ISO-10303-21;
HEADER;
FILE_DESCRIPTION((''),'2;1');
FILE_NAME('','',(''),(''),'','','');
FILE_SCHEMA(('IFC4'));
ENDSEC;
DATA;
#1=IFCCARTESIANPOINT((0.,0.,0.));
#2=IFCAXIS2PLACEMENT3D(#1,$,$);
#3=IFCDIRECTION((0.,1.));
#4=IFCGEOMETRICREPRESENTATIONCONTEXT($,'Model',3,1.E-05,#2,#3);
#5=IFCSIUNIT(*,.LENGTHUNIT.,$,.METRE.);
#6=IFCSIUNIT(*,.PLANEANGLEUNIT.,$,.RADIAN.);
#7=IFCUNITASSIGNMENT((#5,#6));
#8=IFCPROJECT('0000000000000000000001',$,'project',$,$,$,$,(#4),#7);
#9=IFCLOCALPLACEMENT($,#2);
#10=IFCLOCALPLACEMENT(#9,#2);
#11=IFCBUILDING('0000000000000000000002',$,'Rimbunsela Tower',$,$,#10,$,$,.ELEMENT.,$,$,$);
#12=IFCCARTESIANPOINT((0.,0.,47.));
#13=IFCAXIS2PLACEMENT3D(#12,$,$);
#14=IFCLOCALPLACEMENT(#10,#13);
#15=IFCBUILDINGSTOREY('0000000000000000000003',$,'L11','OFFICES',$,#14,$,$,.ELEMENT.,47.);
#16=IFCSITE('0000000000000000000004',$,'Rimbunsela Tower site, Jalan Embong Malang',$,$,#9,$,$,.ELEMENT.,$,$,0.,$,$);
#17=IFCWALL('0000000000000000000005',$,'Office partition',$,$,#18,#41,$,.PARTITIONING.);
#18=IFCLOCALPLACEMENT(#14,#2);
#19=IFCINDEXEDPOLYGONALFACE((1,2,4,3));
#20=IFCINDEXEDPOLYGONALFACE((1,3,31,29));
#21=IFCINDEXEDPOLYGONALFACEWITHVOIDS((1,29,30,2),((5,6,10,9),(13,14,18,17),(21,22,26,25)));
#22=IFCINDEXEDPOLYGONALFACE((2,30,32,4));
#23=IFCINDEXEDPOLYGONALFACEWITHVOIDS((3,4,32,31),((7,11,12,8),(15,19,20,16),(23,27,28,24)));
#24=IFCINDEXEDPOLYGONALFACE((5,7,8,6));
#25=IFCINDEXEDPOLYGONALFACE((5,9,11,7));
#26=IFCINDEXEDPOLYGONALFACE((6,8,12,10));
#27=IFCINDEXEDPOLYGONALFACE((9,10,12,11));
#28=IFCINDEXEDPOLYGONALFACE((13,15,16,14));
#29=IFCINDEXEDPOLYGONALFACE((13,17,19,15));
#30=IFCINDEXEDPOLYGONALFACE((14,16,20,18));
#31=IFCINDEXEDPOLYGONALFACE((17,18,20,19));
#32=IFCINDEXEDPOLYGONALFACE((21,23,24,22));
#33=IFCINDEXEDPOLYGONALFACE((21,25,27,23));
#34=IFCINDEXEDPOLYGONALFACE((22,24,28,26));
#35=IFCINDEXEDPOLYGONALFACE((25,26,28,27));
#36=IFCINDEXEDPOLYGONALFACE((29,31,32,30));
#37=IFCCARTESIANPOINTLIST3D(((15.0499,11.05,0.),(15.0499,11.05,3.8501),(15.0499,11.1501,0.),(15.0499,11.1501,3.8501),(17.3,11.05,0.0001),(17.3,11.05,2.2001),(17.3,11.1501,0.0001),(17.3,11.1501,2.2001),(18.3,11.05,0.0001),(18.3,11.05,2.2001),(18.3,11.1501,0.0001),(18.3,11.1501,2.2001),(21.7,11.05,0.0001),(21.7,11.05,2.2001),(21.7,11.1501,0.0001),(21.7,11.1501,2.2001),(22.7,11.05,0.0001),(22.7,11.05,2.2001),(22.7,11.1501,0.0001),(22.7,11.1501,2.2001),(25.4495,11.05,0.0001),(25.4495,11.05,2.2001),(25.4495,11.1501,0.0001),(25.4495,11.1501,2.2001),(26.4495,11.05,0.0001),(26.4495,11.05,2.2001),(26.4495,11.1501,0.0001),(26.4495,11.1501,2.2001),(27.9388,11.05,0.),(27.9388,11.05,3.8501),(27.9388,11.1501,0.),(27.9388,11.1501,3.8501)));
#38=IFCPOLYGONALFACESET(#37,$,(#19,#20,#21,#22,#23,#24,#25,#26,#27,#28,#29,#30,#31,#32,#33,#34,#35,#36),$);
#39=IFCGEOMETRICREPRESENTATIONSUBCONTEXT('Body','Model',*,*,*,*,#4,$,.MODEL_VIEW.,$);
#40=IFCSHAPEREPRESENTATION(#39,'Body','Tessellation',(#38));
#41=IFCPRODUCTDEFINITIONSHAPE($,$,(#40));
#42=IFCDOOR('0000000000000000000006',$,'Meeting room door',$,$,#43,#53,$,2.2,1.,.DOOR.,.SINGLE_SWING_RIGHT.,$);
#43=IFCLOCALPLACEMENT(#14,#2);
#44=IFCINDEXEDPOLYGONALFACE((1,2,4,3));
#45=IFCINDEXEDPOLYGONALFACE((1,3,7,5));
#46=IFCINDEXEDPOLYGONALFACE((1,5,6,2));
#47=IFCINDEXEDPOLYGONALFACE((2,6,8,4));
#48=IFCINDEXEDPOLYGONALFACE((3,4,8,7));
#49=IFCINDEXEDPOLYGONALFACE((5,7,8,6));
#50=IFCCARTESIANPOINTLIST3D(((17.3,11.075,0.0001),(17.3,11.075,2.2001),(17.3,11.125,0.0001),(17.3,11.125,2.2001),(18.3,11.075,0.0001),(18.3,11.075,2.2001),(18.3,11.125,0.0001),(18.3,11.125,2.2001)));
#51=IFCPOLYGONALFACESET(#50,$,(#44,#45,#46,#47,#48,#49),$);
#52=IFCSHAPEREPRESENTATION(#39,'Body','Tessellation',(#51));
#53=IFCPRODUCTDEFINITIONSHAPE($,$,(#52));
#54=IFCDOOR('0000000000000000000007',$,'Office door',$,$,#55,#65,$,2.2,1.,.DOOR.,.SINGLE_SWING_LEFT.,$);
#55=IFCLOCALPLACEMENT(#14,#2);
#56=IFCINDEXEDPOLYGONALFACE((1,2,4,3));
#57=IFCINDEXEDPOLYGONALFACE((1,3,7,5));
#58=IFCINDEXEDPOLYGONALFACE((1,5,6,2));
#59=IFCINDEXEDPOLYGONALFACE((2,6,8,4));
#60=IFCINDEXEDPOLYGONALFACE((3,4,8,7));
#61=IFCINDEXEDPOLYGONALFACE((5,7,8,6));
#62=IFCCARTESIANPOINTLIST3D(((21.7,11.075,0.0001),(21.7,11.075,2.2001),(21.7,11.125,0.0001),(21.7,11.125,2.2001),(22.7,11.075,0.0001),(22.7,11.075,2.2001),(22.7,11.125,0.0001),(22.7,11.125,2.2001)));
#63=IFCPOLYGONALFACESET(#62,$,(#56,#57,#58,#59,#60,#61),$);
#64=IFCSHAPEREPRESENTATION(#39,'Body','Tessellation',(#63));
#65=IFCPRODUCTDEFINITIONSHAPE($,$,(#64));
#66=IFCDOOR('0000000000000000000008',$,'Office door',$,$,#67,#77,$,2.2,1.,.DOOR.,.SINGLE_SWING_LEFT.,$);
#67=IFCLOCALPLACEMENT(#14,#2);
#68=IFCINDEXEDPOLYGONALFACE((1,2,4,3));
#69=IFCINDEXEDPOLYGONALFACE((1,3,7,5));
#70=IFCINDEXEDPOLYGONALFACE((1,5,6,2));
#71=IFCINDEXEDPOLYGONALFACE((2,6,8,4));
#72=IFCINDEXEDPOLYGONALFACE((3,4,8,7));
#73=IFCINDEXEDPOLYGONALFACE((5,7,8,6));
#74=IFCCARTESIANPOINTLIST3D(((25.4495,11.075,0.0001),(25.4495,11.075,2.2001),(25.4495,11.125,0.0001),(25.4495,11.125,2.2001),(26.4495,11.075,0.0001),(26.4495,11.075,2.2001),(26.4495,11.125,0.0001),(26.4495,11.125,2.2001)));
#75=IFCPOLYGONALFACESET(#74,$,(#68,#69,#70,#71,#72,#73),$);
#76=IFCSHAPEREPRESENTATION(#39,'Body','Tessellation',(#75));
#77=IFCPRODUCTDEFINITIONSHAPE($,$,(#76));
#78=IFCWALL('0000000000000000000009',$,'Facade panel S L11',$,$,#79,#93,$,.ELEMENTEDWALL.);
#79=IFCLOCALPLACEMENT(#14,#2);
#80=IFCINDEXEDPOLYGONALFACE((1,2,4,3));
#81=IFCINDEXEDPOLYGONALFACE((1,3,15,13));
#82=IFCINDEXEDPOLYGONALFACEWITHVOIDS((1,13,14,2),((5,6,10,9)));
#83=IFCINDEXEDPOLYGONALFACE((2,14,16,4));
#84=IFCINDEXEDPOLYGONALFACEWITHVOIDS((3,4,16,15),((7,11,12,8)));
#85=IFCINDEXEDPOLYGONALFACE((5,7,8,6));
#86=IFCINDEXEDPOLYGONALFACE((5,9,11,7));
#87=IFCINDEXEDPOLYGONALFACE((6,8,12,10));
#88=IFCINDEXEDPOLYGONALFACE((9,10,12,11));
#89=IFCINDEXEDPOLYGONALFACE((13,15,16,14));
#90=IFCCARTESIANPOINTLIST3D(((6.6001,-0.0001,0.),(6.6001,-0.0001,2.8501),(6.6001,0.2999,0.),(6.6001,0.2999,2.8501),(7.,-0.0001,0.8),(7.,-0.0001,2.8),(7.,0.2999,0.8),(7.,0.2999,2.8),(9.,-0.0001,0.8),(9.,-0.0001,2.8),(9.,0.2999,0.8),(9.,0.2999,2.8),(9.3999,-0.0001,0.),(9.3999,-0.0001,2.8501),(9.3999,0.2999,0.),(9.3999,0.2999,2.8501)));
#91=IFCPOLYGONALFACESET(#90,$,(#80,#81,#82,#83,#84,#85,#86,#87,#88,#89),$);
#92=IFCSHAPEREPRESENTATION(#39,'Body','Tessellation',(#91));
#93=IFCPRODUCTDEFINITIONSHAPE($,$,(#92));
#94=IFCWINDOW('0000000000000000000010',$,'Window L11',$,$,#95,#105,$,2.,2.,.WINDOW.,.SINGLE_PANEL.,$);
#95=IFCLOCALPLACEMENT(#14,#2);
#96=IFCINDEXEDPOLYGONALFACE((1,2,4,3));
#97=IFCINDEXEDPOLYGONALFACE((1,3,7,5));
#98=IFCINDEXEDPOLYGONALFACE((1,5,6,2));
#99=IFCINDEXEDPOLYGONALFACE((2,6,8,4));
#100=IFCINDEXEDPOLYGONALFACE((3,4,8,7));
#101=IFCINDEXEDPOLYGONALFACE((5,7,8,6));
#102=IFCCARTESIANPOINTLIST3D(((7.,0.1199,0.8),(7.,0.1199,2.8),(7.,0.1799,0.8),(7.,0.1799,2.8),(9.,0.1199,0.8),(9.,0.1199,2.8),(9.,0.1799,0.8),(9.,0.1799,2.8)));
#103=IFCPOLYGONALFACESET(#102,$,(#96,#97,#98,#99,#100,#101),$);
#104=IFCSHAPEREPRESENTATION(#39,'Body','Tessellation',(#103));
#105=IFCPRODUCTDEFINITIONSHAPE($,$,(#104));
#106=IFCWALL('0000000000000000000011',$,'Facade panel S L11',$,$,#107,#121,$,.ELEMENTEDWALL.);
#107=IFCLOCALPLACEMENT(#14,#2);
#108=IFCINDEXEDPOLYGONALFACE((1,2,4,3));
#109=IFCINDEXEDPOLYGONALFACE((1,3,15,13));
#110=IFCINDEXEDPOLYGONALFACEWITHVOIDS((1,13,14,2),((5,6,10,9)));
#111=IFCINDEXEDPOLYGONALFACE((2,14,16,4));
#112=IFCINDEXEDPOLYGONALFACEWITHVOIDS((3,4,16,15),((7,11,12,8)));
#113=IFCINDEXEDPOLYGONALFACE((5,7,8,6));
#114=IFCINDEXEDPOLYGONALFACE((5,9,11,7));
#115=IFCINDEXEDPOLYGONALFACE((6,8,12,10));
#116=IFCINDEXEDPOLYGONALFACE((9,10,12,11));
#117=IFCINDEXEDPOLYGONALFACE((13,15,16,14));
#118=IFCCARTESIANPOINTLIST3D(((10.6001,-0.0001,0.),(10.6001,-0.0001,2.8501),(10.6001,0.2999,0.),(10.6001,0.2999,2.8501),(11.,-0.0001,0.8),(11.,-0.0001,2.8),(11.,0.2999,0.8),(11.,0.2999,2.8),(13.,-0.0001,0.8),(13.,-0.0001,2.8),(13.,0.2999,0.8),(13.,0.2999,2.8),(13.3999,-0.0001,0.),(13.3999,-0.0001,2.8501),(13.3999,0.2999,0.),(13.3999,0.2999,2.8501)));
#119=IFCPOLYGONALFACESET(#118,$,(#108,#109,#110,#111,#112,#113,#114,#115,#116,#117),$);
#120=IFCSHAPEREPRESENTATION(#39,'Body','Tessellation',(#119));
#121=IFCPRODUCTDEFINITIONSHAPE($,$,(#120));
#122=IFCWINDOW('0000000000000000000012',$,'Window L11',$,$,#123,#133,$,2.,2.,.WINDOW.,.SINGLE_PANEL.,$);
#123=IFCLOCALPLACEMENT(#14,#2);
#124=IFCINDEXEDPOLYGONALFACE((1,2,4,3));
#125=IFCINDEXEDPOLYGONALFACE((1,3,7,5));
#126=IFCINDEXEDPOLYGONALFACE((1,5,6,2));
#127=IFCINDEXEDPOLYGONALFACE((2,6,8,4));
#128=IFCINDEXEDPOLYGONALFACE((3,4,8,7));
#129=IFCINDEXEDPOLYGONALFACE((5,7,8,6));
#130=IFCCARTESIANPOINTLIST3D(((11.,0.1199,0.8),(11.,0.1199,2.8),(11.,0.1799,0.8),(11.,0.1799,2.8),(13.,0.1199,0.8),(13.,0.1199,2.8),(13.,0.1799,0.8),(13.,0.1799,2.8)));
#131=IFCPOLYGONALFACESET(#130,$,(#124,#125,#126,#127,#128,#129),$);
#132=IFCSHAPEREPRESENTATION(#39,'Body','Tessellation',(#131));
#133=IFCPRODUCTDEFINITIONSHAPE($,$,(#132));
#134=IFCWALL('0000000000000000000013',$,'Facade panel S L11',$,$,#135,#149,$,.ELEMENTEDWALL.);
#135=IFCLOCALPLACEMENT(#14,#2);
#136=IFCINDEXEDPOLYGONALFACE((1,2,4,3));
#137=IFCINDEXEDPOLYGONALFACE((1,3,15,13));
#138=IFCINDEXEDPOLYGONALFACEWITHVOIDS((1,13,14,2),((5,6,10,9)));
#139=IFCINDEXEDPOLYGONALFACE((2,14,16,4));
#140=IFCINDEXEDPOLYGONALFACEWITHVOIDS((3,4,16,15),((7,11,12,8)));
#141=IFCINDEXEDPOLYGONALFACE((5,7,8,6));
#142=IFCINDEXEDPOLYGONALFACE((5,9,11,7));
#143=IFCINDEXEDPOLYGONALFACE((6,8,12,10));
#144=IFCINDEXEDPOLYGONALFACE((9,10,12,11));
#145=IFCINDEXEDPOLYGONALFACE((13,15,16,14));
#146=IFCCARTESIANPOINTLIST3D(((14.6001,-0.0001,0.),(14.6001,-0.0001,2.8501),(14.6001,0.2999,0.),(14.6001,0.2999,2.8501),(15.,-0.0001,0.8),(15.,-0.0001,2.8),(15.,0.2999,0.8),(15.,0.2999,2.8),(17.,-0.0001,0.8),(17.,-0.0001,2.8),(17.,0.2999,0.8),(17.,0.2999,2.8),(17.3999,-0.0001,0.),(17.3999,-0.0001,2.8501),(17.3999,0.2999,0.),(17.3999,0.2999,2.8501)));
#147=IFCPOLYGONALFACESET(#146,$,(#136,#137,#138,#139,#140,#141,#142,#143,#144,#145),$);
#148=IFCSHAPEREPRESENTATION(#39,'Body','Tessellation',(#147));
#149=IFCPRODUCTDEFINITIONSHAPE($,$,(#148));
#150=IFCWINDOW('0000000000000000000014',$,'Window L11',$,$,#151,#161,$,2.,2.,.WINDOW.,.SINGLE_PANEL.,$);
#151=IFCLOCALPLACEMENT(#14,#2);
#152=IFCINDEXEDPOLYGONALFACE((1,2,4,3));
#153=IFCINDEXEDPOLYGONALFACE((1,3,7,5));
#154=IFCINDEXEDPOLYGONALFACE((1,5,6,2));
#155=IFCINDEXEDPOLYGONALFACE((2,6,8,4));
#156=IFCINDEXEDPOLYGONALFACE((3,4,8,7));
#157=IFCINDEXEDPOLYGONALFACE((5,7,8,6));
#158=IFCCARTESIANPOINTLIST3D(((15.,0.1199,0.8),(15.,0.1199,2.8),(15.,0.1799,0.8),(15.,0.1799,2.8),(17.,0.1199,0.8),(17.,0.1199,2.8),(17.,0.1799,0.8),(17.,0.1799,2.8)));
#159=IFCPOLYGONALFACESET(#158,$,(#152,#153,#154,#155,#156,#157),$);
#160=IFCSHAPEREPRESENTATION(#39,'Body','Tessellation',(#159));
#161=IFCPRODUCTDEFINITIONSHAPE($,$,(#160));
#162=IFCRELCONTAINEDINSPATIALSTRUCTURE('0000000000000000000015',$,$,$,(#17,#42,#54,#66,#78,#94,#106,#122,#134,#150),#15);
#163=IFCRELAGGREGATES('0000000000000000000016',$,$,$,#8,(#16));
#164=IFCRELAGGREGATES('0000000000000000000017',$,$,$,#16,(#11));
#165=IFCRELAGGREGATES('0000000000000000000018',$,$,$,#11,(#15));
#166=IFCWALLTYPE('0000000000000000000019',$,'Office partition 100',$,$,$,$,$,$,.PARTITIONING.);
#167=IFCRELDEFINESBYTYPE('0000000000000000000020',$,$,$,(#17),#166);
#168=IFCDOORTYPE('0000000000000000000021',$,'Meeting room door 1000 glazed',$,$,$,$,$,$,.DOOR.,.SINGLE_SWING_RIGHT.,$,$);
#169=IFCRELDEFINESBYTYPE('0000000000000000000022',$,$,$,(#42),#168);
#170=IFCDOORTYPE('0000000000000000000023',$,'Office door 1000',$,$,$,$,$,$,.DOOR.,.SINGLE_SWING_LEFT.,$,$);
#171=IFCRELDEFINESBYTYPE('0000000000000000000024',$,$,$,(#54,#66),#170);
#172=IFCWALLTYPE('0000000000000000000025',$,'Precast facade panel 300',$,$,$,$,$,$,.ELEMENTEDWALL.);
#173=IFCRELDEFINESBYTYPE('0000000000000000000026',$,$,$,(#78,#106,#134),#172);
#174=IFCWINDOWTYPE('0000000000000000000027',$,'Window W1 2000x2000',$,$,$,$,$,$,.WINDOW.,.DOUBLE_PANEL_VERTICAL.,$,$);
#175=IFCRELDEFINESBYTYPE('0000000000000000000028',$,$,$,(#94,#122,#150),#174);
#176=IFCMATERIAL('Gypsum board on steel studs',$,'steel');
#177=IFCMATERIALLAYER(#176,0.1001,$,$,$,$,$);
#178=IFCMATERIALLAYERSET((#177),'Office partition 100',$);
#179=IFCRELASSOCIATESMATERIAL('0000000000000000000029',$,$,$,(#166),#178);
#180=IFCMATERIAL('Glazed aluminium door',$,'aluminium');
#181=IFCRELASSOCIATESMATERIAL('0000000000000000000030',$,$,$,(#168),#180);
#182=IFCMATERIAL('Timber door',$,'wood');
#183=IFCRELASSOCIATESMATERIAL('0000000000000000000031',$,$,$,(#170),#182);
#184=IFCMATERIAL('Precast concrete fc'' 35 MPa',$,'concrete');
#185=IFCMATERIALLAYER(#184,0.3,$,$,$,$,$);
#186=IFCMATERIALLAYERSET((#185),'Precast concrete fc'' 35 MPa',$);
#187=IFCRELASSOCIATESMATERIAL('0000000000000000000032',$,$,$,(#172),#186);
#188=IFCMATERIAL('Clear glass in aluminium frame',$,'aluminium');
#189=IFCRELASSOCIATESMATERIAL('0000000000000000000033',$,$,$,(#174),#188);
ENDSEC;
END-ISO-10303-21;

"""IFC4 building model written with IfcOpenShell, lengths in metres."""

from ifc_helpers import new_model, si_unit, direction, frame, frame_2d, origin, place, context, subcontext, project, spatial, rectangle, extrude, material, layer, layer_set, type_object, element, fill, save


model = new_model("IFC4")

# Units and contexts
model_context = context("Model", 3, precision=1e-05, world=origin(), true_north=direction((0.0, 1.0)))
body_context = subcontext(model_context, "Body", "Model", "MODEL_VIEW")
ifc_project = project(units=[si_unit("LENGTHUNIT", "METRE"), si_unit("PLANEANGLEUNIT", "RADIAN")], contexts=[model_context])

# Site, building, storey
site_placement = place(None, origin())
site = spatial("IfcSite", under=ifc_project, at=site_placement, Name="Rimbunsela Tower site, Jalan Embong Malang", CompositionType="ELEMENT", RefElevation=0.0)
building_placement = place(site_placement, origin())
building = spatial("IfcBuilding", under=site, at=building_placement, Name="Rimbunsela Tower", CompositionType="ELEMENT")
storey_placement = place(building_placement, frame((0.0, 0.0, 47.0)))
storey = spatial("IfcBuildingStorey", under=building, at=storey_placement, Name="L11", Description="OFFICES", CompositionType="ELEMENT", Elevation=47.0)

# Wall, openings, doors
ifc_material_1 = material(Name="Gypsum board on steel studs", Category="steel")
ifc_layer_1 = layer(ifc_material_1, 0.1001)
ifc_layer_set_1 = layer_set([ifc_layer_1], Name="Office partition 100")
wall_type_1 = type_object("IfcWallType", Name="Office partition 100", PredefinedType="PARTITIONING", material=ifc_layer_set_1)
wall_1_placement = place(storey_placement, frame((15.05, 11.1001, 0.0), z_axis=(0.0, 0.0, 1.0), x_axis=(1.0, 0.0, 0.0)))
wall_1 = element("IfcWall", 1, at=wall_1_placement, inside=storey, type_object=wall_type_1, Name="Office partition", PredefinedType="PARTITIONING", context=body_context, shape_type="SweptSolid", body=[
    extrude(rectangle(XDim=12.8889, YDim=0.1001, at=frame_2d((6.4443, 0.0))), origin(), (0.0, 0.0, 1.0), 3.8501),
])
opening_1_placement = place(wall_1_placement, frame((2.25, 0.0, 0.0)))
opening_1 = element("IfcOpeningElement", 2, at=opening_1_placement, cuts=wall_1, PredefinedType="OPENING", context=body_context, shape_type="SweptSolid", body=[
    extrude(rectangle(XDim=1.0, YDim=2.2, at=frame_2d((0.5, 1.1001))), frame((0.0, 0.0601, 0.0), z_axis=(0.0, -1.0, 0.0), x_axis=(1.0, 0.0, 0.0)), (0.0, 0.0, 1.0), 0.1201),
])
opening_2_placement = place(wall_1_placement, frame((6.6499, 0.0, 0.0)))
opening_2 = element("IfcOpeningElement", 3, at=opening_2_placement, cuts=wall_1, PredefinedType="OPENING", context=body_context, shape_type="SweptSolid", body=[
    extrude(rectangle(XDim=1.0, YDim=2.2, at=frame_2d((0.5, 1.1001))), frame((0.0, 0.0601, 0.0), z_axis=(0.0, -1.0, 0.0), x_axis=(1.0, 0.0, 0.0)), (0.0, 0.0, 1.0), 0.1201),
])
opening_3_placement = place(wall_1_placement, frame((10.3994, 0.0, 0.0)))
opening_3 = element("IfcOpeningElement", 4, at=opening_3_placement, cuts=wall_1, PredefinedType="OPENING", context=body_context, shape_type="SweptSolid", body=[
    extrude(rectangle(XDim=1.0, YDim=2.2, at=frame_2d((0.5, 1.1001))), frame((0.0, 0.0601, 0.0), z_axis=(0.0, -1.0, 0.0), x_axis=(1.0, 0.0, 0.0)), (0.0, 0.0, 1.0), 0.1201),
])
ifc_material_2 = material(Name="Glazed aluminium door", Category="aluminium")
door_type_1 = type_object("IfcDoorType", Name="Meeting room door 1000 glazed", OperationType="SINGLE_SWING_RIGHT", PredefinedType="DOOR", material=ifc_material_2)
door_1_placement = place(opening_1_placement, origin())
door_1 = element("IfcDoor", 5, at=door_1_placement, inside=storey, type_object=door_type_1, Name="Meeting room door", OperationType="SINGLE_SWING_RIGHT", OverallHeight=2.2, OverallWidth=1.0, PredefinedType="DOOR", context=body_context, shape_type="SweptSolid", body=[
    extrude(rectangle(XDim=1.0, YDim=2.2, at=frame_2d((0.5, 1.1001))), frame((0.0, 0.0249, 0.0), z_axis=(0.0, -1.0, 0.0), x_axis=(1.0, 0.0, 0.0)), (0.0, 0.0, 1.0), 0.05),
])
fill(opening_1, door_1)
ifc_material_3 = material(Name="Timber door", Category="wood")
door_type_2 = type_object("IfcDoorType", Name="Office door 1000", OperationType="SINGLE_SWING_LEFT", PredefinedType="DOOR", material=ifc_material_3)
door_2_placement = place(opening_2_placement, origin())
door_2 = element("IfcDoor", 6, at=door_2_placement, inside=storey, type_object=door_type_2, Name="Office door", OperationType="SINGLE_SWING_LEFT", OverallHeight=2.2, OverallWidth=1.0, PredefinedType="DOOR", context=body_context, shape_type="SweptSolid", body=[
    extrude(rectangle(XDim=1.0, YDim=2.2, at=frame_2d((0.5, 1.1001))), frame((0.0, 0.0249, 0.0), z_axis=(0.0, -1.0, 0.0), x_axis=(1.0, 0.0, 0.0)), (0.0, 0.0, 1.0), 0.05),
])
fill(opening_2, door_2)
door_3_placement = place(opening_3_placement, origin())
door_3 = element("IfcDoor", 7, at=door_3_placement, inside=storey, type_object=door_type_2, Name="Office door", OperationType="SINGLE_SWING_LEFT", OverallHeight=2.2, OverallWidth=1.0, PredefinedType="DOOR", context=body_context, shape_type="SweptSolid", body=[
    extrude(rectangle(XDim=1.0, YDim=2.2, at=frame_2d((0.5, 1.1001))), frame((0.0, 0.0249, 0.0), z_axis=(0.0, -1.0, 0.0), x_axis=(1.0, 0.0, 0.0)), (0.0, 0.0, 1.0), 0.05),
])
fill(opening_3, door_3)

# Walls, openings, windows
ifc_material_4 = material(Name="Precast concrete fc' 35 MPa", Category="concrete")
ifc_layer_2 = layer(ifc_material_4, 0.3)
ifc_layer_set_2 = layer_set([ifc_layer_2], Name="Precast concrete fc' 35 MPa")
wall_type_2 = type_object("IfcWallType", Name="Precast facade panel 300", PredefinedType="ELEMENTEDWALL", material=ifc_layer_set_2)
wall_2_placement = place(storey_placement, frame((6.6001, 0.1499, 0.0), z_axis=(0.0, 0.0, 1.0), x_axis=(1.0, 0.0, 0.0)))
wall_2 = element("IfcWall", 8, at=wall_2_placement, inside=storey, type_object=wall_type_2, Name="Facade panel S L11", PredefinedType="ELEMENTEDWALL", context=body_context, shape_type="SweptSolid", body=[
    extrude(rectangle(XDim=2.7998, YDim=0.3, at=frame_2d((1.3999, 0.0))), origin(), (0.0, 0.0, 1.0), 2.8501),
])
opening_4_placement = place(wall_2_placement, frame((0.3999, 0.0, 0.8)))
opening_4 = element("IfcOpeningElement", 9, at=opening_4_placement, cuts=wall_2, PredefinedType="OPENING", context=body_context, shape_type="SweptSolid", body=[
    extrude(rectangle(XDim=2.0, YDim=2.0, at=frame_2d((1.0, 1.0))), frame((0.0, 0.1599, 0.0), z_axis=(0.0, -1.0, 0.0), x_axis=(1.0, 0.0, 0.0)), (0.0, 0.0, 1.0), 0.3201),
])
ifc_material_5 = material(Name="Clear glass in aluminium frame", Category="aluminium")
window_type = type_object("IfcWindowType", Name="Window W1 2000x2000", PartitioningType="DOUBLE_PANEL_VERTICAL", PredefinedType="WINDOW", material=ifc_material_5)
window_1_placement = place(opening_4_placement, origin())
window_1 = element("IfcWindow", 10, at=window_1_placement, inside=storey, type_object=window_type, Name="Window L11", OverallHeight=2.0, OverallWidth=2.0, PartitioningType="SINGLE_PANEL", PredefinedType="WINDOW", context=body_context, shape_type="SweptSolid", body=[
    extrude(rectangle(XDim=2.0, YDim=2.0, at=frame_2d((1.0, 1.0))), frame((0.0, 0.03, 0.0), z_axis=(0.0, -1.0, 0.0), x_axis=(1.0, 0.0, 0.0)), (0.0, 0.0, 1.0), 0.0601),
])
fill(opening_4, window_1)
wall_3_placement = place(storey_placement, frame((10.6001, 0.1499, 0.0), z_axis=(0.0, 0.0, 1.0), x_axis=(1.0, 0.0, 0.0)))
wall_3 = element("IfcWall", 11, at=wall_3_placement, inside=storey, type_object=wall_type_2, Name="Facade panel S L11", PredefinedType="ELEMENTEDWALL", context=body_context, shape_type="SweptSolid", body=[
    extrude(rectangle(XDim=2.7998, YDim=0.3, at=frame_2d((1.3999, 0.0))), origin(), (0.0, 0.0, 1.0), 2.8501),
])
opening_5_placement = place(wall_3_placement, frame((0.3999, 0.0, 0.8)))
opening_5 = element("IfcOpeningElement", 12, at=opening_5_placement, cuts=wall_3, PredefinedType="OPENING", context=body_context, shape_type="SweptSolid", body=[
    extrude(rectangle(XDim=2.0, YDim=2.0, at=frame_2d((1.0, 1.0))), frame((0.0, 0.1599, 0.0), z_axis=(0.0, -1.0, 0.0), x_axis=(1.0, 0.0, 0.0)), (0.0, 0.0, 1.0), 0.3201),
])
window_2_placement = place(opening_5_placement, origin())
window_2 = element("IfcWindow", 13, at=window_2_placement, inside=storey, type_object=window_type, Name="Window L11", OverallHeight=2.0, OverallWidth=2.0, PartitioningType="SINGLE_PANEL", PredefinedType="WINDOW", context=body_context, shape_type="SweptSolid", body=[
    extrude(rectangle(XDim=2.0, YDim=2.0, at=frame_2d((1.0, 1.0))), frame((0.0, 0.03, 0.0), z_axis=(0.0, -1.0, 0.0), x_axis=(1.0, 0.0, 0.0)), (0.0, 0.0, 1.0), 0.0601),
])
fill(opening_5, window_2)
wall_4_placement = place(storey_placement, frame((14.6001, 0.1499, 0.0), z_axis=(0.0, 0.0, 1.0), x_axis=(1.0, 0.0, 0.0)))
wall_4 = element("IfcWall", 14, at=wall_4_placement, inside=storey, type_object=wall_type_2, Name="Facade panel S L11", PredefinedType="ELEMENTEDWALL", context=body_context, shape_type="SweptSolid", body=[
    extrude(rectangle(XDim=2.7998, YDim=0.3, at=frame_2d((1.3999, 0.0))), origin(), (0.0, 0.0, 1.0), 2.8501),
])
opening_6_placement = place(wall_4_placement, frame((0.3999, 0.0, 0.8)))
opening_6 = element("IfcOpeningElement", 15, at=opening_6_placement, cuts=wall_4, PredefinedType="OPENING", context=body_context, shape_type="SweptSolid", body=[
    extrude(rectangle(XDim=2.0, YDim=2.0, at=frame_2d((1.0, 1.0))), frame((0.0, 0.1599, 0.0), z_axis=(0.0, -1.0, 0.0), x_axis=(1.0, 0.0, 0.0)), (0.0, 0.0, 1.0), 0.3201),
])
window_3_placement = place(opening_6_placement, origin())
window_3 = element("IfcWindow", 16, at=window_3_placement, inside=storey, type_object=window_type, Name="Window L11", OverallHeight=2.0, OverallWidth=2.0, PartitioningType="SINGLE_PANEL", PredefinedType="WINDOW", context=body_context, shape_type="SweptSolid", body=[
    extrude(rectangle(XDim=2.0, YDim=2.0, at=frame_2d((1.0, 1.0))), frame((0.0, 0.03, 0.0), z_axis=(0.0, -1.0, 0.0), x_axis=(1.0, 0.0, 0.0)), (0.0, 0.0, 1.0), 0.0601),
])
fill(opening_6, window_3)

save(model, "model.ifc")
